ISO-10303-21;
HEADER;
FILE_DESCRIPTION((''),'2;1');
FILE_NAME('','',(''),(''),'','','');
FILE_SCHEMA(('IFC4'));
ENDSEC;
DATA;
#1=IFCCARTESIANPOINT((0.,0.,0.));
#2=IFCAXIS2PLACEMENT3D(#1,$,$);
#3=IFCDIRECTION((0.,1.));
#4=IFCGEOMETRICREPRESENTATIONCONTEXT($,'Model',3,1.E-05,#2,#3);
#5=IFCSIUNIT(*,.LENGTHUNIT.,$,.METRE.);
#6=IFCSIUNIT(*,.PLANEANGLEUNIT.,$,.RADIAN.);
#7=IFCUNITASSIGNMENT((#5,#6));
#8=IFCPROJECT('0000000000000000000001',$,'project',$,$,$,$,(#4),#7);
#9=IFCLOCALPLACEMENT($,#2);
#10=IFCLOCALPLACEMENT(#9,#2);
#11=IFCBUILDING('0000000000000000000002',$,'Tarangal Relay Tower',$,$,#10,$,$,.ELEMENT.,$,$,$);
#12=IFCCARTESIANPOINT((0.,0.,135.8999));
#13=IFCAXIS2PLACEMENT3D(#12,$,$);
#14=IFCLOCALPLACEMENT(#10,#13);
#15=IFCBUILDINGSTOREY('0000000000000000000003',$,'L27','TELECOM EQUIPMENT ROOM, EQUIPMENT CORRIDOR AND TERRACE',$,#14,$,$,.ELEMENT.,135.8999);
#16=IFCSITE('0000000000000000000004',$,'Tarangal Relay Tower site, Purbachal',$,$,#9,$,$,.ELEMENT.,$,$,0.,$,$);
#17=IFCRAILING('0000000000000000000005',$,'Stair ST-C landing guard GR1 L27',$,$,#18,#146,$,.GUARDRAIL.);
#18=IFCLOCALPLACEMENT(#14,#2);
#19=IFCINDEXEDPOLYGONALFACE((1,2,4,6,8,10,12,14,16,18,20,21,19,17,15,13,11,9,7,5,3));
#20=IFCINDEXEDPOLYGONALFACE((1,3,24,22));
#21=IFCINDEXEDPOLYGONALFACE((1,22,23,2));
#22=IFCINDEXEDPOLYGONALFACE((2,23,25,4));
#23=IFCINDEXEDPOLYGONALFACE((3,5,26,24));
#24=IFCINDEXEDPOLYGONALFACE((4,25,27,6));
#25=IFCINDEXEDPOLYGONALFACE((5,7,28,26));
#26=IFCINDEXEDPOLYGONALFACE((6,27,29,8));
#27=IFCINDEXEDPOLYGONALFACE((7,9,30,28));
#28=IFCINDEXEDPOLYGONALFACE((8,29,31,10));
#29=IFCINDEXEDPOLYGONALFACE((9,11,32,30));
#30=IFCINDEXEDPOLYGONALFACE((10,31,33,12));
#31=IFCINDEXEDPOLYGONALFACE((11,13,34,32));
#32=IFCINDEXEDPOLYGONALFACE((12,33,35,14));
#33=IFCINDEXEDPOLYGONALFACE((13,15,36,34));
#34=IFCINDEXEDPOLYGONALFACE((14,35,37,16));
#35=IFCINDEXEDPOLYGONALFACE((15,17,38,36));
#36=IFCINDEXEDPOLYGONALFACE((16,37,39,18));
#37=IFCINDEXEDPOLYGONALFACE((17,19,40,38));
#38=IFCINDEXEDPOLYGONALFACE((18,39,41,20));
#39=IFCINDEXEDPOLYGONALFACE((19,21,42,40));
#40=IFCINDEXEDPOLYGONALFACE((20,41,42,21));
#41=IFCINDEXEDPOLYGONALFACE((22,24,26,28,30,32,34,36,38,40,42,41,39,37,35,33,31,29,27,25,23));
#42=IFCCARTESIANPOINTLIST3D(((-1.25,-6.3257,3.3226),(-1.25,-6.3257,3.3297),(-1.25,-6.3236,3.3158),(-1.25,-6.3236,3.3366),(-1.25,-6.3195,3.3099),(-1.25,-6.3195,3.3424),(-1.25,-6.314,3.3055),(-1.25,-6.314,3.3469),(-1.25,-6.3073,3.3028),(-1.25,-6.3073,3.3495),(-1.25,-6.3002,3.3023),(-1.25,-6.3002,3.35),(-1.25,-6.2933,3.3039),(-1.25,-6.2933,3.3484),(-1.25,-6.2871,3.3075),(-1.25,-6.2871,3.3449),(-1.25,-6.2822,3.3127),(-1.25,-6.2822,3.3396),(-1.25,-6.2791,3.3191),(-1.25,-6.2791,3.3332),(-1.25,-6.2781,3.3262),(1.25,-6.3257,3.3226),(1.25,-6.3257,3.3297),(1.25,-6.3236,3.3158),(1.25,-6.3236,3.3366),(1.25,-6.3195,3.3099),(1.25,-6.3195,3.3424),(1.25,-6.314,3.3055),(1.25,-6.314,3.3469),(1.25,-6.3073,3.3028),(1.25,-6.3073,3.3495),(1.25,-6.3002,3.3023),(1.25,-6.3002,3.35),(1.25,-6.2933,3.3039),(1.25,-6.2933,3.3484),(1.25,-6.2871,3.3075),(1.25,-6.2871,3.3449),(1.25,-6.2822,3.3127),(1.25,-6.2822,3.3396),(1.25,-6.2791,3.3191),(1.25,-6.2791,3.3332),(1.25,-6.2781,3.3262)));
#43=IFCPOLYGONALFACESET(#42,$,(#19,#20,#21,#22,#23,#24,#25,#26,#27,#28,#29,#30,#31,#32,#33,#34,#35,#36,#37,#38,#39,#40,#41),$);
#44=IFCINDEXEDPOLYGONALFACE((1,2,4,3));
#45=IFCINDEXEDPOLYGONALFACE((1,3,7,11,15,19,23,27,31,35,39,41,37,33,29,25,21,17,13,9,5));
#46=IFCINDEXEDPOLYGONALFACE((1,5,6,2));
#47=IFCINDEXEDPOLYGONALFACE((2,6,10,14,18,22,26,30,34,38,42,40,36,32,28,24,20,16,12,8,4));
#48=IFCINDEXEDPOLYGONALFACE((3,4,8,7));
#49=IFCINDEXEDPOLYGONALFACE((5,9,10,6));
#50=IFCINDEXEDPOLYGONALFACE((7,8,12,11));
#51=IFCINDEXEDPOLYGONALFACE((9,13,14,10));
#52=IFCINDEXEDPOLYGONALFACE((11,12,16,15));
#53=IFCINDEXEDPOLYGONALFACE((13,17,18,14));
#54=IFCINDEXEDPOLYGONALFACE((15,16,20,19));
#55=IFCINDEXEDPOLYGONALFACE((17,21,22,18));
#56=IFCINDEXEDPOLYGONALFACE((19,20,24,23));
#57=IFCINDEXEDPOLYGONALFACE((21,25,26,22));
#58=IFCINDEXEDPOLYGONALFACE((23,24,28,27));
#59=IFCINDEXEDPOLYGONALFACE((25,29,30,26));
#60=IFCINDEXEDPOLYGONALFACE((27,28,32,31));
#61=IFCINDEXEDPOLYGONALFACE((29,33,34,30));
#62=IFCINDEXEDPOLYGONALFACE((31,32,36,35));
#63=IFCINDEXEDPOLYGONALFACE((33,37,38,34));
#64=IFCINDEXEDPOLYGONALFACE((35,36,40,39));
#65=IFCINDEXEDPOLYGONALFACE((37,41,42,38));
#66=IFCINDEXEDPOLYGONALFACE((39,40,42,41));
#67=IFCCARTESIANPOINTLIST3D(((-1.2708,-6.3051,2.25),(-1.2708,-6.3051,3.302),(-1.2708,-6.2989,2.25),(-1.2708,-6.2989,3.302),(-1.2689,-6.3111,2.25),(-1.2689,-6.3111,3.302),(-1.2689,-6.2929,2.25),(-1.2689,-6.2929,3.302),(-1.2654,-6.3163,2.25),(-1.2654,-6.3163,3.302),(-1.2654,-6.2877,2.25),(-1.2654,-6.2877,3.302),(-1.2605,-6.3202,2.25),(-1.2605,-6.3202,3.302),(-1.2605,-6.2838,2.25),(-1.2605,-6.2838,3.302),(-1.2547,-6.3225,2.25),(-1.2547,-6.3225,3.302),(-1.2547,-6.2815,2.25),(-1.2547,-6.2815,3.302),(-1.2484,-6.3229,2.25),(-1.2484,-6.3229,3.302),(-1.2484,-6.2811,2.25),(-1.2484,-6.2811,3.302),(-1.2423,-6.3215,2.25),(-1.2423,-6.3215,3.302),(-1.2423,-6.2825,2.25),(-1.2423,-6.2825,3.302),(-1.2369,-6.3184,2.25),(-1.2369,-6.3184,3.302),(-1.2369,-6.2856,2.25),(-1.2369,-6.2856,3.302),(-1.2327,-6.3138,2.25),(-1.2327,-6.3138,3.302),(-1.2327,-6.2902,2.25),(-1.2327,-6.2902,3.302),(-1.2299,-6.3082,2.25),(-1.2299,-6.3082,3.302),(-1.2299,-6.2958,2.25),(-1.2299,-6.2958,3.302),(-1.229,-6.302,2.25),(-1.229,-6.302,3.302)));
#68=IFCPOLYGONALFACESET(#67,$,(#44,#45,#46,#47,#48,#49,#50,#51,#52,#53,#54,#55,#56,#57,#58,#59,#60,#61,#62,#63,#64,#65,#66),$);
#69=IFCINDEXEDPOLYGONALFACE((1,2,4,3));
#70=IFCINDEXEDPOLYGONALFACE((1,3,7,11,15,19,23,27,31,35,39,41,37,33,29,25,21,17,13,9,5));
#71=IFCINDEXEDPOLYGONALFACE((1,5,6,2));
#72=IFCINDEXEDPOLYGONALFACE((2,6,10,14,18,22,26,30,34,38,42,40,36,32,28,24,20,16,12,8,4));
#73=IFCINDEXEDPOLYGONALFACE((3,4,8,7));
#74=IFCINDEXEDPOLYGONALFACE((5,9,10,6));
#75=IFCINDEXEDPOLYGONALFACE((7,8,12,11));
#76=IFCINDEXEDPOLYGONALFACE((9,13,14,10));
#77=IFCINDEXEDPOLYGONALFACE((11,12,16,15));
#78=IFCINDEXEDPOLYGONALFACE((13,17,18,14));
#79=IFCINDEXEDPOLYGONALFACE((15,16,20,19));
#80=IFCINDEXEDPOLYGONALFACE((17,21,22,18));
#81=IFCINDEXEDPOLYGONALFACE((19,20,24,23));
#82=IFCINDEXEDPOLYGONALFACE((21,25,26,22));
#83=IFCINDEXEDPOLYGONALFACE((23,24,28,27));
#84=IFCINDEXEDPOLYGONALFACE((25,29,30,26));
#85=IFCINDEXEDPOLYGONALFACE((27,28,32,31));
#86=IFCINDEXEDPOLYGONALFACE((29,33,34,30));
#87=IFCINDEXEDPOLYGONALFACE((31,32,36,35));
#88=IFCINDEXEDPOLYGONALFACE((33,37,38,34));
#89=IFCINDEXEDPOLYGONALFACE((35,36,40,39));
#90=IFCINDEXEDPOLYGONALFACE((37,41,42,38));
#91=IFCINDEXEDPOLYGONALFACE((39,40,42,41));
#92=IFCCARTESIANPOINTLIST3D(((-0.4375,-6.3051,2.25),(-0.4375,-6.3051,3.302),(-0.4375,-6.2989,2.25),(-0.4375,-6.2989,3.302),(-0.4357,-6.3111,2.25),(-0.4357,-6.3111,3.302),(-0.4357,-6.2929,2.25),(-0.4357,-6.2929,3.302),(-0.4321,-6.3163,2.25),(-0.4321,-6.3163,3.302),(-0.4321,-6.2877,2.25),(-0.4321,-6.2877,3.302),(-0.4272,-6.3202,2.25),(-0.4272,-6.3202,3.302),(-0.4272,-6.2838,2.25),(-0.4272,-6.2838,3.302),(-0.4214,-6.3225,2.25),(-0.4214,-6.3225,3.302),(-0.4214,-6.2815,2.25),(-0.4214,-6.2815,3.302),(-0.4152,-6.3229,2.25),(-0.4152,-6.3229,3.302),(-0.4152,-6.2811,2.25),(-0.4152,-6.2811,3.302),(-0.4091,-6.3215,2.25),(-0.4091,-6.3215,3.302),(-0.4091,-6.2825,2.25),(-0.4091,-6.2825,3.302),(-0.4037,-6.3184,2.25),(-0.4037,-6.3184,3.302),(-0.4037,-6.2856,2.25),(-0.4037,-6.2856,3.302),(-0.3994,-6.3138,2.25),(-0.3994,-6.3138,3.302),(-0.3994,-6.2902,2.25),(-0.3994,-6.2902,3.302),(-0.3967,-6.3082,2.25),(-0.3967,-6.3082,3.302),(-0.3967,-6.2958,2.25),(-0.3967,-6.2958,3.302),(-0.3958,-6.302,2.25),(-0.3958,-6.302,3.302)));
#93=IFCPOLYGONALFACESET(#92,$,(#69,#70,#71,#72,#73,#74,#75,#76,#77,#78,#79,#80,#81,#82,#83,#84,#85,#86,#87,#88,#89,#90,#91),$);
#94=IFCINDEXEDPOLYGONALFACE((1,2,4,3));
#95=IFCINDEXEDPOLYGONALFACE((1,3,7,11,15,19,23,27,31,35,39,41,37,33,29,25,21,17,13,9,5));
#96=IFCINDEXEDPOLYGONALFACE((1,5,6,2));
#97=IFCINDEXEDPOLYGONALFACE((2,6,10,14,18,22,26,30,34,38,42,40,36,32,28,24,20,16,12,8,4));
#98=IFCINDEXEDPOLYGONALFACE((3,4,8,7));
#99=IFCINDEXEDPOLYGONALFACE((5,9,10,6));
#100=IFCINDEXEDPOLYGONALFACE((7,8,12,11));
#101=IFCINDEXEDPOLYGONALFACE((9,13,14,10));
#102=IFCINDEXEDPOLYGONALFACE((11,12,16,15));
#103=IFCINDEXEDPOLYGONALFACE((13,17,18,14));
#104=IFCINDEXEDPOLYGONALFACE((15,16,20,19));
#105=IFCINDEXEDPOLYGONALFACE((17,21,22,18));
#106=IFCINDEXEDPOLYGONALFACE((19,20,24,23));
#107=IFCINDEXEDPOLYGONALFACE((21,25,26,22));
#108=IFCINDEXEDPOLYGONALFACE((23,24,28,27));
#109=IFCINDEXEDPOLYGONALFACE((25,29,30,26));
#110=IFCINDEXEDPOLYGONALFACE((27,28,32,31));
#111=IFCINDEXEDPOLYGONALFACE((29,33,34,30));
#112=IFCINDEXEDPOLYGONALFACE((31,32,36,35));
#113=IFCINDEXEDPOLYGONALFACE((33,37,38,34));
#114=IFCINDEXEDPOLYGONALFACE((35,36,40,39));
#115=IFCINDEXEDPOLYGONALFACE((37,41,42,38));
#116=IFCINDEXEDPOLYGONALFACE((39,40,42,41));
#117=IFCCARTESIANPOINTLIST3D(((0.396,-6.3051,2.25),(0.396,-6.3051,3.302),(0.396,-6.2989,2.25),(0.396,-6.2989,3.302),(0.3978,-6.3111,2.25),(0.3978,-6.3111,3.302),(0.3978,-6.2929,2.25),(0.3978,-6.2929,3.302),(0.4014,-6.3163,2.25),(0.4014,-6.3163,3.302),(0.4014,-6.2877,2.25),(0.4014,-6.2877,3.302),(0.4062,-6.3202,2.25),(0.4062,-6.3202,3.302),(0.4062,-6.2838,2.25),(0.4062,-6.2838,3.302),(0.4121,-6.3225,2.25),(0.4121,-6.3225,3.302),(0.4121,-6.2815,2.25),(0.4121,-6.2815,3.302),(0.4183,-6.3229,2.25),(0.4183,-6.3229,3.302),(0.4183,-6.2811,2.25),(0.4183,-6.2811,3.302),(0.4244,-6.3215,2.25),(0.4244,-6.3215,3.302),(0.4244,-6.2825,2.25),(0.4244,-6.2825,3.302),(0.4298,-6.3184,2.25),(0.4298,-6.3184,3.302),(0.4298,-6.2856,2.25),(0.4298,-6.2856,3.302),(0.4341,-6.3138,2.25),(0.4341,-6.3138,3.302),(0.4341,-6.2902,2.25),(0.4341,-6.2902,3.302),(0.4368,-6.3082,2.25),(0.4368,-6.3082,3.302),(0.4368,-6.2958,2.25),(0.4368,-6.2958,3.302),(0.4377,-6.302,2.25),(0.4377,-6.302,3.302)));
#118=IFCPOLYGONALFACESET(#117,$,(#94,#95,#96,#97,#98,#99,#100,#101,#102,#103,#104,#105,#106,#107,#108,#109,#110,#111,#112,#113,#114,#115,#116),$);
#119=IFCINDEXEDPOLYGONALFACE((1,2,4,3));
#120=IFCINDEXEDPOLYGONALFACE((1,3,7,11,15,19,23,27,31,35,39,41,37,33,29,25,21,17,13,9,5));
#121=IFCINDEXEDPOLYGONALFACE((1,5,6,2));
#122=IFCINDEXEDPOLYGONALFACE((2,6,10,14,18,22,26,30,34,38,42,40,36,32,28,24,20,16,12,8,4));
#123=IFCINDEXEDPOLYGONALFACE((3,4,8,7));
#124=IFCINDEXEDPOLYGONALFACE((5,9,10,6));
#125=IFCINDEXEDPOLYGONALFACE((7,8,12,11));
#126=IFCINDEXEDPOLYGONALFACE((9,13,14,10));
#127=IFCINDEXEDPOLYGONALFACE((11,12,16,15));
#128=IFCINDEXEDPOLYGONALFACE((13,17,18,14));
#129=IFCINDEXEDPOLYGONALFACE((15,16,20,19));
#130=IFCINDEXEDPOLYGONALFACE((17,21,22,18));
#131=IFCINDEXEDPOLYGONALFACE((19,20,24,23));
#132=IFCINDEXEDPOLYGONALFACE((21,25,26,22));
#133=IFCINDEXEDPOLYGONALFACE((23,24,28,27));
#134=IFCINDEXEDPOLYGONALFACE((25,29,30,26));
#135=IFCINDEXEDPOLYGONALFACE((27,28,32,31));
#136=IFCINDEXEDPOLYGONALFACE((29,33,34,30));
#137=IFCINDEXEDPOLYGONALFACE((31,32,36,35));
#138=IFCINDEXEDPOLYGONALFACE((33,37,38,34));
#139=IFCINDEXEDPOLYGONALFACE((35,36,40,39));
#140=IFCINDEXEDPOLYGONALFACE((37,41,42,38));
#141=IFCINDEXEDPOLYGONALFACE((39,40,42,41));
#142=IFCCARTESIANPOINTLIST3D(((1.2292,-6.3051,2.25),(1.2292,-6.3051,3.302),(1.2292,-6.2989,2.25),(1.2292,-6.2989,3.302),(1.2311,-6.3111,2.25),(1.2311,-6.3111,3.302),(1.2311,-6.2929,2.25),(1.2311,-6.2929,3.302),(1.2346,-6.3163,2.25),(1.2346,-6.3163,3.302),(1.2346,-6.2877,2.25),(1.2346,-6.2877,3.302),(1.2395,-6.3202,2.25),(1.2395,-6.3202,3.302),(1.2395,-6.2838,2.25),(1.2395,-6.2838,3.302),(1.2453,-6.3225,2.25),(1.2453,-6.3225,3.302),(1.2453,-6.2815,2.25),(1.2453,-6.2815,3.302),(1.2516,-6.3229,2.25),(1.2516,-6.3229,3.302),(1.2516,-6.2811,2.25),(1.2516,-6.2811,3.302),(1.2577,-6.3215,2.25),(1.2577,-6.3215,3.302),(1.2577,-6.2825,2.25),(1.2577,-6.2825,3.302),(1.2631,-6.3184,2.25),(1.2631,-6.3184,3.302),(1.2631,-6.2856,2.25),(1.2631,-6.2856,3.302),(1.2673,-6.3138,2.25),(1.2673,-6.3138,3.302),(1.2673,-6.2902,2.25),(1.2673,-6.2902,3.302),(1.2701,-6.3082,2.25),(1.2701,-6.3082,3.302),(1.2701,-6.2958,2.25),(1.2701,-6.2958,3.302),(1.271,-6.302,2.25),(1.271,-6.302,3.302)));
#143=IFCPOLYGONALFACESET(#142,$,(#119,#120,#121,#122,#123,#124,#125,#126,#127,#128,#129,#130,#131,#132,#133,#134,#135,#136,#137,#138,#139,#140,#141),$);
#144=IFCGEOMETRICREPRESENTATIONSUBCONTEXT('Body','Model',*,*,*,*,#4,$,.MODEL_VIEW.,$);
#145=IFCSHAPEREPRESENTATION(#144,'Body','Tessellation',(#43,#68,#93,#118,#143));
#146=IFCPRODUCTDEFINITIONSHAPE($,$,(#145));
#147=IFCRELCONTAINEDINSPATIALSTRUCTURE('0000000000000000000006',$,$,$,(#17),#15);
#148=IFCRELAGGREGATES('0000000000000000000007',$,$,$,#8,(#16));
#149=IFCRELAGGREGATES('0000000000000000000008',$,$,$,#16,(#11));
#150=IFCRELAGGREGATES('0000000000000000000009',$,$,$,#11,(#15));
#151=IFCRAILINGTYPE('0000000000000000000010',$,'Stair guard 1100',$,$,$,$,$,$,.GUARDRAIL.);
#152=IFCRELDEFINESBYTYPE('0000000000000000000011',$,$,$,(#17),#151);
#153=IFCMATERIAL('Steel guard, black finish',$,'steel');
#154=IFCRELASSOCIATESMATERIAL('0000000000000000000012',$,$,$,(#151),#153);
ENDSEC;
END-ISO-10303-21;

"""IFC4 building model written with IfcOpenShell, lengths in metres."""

from ifc_helpers import new_model, si_unit, direction, frame, origin, origin_2d, place, context, subcontext, project, spatial, circle, extrude, material, type_object, element, save


model = new_model("IFC4")

# Units and contexts
model_context = context("Model", 3, precision=1e-05, world=origin(), true_north=direction((0.0, 1.0)))
body_context = subcontext(model_context, "Body", "Model", "MODEL_VIEW")
ifc_project = project(units=[si_unit("LENGTHUNIT", "METRE"), si_unit("PLANEANGLEUNIT", "RADIAN")], contexts=[model_context])

# Site, building, storey
site_placement = place(None, origin())
site = spatial("IfcSite", under=ifc_project, at=site_placement, Name="Tarangal Relay Tower site, Purbachal", CompositionType="ELEMENT", RefElevation=0.0)
building_placement = place(site_placement, origin())
building = spatial("IfcBuilding", under=site, at=building_placement, Name="Tarangal Relay Tower", CompositionType="ELEMENT")
storey_placement = place(building_placement, frame((0.0, 0.0, 135.8999)))
storey = spatial("IfcBuildingStorey", under=building, at=storey_placement, Name="L27", Description="TELECOM EQUIPMENT ROOM, EQUIPMENT CORRIDOR AND TERRACE", CompositionType="ELEMENT", Elevation=135.8999)

# Railing
ifc_material_1 = material(Name="Steel guard, black finish", Category="steel")
railing_type_1 = type_object("IfcRailingType", Name="Stair guard 1100", PredefinedType="GUARDRAIL", material=ifc_material_1)
for number, where, name in (
    (1, (-1.25, -6.302, 2.25), "Stair ST-C landing guard GR1 L27"),
):
    element("IfcRailing", number, at=place(storey_placement, frame(where)), inside=storey, type_object=railing_type_1, Name=name, PredefinedType="GUARDRAIL", context=body_context, shape_type="SweptSolid", body=[
        extrude(circle(Radius=0.0239, at=origin_2d()), frame((0.0, 0.0, 1.0762), z_axis=(1.0, 0.0, 0.0), x_axis=(0.0, 1.0, 0.0)), (0.0, 0.0, 1.0), 2.5),
        extrude(circle(Radius=0.021, at=origin_2d()), origin(), (0.0, 0.0, 1.0), 1.052),
        extrude(circle(Radius=0.021, at=origin_2d()), frame((0.8333, 0.0, 0.0)), (0.0, 0.0, 1.0), 1.052),
        extrude(circle(Radius=0.021, at=origin_2d()), frame((1.6667, 0.0, 0.0)), (0.0, 0.0, 1.0), 1.052),
        extrude(circle(Radius=0.021, at=origin_2d()), frame((2.5, 0.0, 0.0)), (0.0, 0.0, 1.0), 1.052),
    ])

save(model, "model.ifc")
